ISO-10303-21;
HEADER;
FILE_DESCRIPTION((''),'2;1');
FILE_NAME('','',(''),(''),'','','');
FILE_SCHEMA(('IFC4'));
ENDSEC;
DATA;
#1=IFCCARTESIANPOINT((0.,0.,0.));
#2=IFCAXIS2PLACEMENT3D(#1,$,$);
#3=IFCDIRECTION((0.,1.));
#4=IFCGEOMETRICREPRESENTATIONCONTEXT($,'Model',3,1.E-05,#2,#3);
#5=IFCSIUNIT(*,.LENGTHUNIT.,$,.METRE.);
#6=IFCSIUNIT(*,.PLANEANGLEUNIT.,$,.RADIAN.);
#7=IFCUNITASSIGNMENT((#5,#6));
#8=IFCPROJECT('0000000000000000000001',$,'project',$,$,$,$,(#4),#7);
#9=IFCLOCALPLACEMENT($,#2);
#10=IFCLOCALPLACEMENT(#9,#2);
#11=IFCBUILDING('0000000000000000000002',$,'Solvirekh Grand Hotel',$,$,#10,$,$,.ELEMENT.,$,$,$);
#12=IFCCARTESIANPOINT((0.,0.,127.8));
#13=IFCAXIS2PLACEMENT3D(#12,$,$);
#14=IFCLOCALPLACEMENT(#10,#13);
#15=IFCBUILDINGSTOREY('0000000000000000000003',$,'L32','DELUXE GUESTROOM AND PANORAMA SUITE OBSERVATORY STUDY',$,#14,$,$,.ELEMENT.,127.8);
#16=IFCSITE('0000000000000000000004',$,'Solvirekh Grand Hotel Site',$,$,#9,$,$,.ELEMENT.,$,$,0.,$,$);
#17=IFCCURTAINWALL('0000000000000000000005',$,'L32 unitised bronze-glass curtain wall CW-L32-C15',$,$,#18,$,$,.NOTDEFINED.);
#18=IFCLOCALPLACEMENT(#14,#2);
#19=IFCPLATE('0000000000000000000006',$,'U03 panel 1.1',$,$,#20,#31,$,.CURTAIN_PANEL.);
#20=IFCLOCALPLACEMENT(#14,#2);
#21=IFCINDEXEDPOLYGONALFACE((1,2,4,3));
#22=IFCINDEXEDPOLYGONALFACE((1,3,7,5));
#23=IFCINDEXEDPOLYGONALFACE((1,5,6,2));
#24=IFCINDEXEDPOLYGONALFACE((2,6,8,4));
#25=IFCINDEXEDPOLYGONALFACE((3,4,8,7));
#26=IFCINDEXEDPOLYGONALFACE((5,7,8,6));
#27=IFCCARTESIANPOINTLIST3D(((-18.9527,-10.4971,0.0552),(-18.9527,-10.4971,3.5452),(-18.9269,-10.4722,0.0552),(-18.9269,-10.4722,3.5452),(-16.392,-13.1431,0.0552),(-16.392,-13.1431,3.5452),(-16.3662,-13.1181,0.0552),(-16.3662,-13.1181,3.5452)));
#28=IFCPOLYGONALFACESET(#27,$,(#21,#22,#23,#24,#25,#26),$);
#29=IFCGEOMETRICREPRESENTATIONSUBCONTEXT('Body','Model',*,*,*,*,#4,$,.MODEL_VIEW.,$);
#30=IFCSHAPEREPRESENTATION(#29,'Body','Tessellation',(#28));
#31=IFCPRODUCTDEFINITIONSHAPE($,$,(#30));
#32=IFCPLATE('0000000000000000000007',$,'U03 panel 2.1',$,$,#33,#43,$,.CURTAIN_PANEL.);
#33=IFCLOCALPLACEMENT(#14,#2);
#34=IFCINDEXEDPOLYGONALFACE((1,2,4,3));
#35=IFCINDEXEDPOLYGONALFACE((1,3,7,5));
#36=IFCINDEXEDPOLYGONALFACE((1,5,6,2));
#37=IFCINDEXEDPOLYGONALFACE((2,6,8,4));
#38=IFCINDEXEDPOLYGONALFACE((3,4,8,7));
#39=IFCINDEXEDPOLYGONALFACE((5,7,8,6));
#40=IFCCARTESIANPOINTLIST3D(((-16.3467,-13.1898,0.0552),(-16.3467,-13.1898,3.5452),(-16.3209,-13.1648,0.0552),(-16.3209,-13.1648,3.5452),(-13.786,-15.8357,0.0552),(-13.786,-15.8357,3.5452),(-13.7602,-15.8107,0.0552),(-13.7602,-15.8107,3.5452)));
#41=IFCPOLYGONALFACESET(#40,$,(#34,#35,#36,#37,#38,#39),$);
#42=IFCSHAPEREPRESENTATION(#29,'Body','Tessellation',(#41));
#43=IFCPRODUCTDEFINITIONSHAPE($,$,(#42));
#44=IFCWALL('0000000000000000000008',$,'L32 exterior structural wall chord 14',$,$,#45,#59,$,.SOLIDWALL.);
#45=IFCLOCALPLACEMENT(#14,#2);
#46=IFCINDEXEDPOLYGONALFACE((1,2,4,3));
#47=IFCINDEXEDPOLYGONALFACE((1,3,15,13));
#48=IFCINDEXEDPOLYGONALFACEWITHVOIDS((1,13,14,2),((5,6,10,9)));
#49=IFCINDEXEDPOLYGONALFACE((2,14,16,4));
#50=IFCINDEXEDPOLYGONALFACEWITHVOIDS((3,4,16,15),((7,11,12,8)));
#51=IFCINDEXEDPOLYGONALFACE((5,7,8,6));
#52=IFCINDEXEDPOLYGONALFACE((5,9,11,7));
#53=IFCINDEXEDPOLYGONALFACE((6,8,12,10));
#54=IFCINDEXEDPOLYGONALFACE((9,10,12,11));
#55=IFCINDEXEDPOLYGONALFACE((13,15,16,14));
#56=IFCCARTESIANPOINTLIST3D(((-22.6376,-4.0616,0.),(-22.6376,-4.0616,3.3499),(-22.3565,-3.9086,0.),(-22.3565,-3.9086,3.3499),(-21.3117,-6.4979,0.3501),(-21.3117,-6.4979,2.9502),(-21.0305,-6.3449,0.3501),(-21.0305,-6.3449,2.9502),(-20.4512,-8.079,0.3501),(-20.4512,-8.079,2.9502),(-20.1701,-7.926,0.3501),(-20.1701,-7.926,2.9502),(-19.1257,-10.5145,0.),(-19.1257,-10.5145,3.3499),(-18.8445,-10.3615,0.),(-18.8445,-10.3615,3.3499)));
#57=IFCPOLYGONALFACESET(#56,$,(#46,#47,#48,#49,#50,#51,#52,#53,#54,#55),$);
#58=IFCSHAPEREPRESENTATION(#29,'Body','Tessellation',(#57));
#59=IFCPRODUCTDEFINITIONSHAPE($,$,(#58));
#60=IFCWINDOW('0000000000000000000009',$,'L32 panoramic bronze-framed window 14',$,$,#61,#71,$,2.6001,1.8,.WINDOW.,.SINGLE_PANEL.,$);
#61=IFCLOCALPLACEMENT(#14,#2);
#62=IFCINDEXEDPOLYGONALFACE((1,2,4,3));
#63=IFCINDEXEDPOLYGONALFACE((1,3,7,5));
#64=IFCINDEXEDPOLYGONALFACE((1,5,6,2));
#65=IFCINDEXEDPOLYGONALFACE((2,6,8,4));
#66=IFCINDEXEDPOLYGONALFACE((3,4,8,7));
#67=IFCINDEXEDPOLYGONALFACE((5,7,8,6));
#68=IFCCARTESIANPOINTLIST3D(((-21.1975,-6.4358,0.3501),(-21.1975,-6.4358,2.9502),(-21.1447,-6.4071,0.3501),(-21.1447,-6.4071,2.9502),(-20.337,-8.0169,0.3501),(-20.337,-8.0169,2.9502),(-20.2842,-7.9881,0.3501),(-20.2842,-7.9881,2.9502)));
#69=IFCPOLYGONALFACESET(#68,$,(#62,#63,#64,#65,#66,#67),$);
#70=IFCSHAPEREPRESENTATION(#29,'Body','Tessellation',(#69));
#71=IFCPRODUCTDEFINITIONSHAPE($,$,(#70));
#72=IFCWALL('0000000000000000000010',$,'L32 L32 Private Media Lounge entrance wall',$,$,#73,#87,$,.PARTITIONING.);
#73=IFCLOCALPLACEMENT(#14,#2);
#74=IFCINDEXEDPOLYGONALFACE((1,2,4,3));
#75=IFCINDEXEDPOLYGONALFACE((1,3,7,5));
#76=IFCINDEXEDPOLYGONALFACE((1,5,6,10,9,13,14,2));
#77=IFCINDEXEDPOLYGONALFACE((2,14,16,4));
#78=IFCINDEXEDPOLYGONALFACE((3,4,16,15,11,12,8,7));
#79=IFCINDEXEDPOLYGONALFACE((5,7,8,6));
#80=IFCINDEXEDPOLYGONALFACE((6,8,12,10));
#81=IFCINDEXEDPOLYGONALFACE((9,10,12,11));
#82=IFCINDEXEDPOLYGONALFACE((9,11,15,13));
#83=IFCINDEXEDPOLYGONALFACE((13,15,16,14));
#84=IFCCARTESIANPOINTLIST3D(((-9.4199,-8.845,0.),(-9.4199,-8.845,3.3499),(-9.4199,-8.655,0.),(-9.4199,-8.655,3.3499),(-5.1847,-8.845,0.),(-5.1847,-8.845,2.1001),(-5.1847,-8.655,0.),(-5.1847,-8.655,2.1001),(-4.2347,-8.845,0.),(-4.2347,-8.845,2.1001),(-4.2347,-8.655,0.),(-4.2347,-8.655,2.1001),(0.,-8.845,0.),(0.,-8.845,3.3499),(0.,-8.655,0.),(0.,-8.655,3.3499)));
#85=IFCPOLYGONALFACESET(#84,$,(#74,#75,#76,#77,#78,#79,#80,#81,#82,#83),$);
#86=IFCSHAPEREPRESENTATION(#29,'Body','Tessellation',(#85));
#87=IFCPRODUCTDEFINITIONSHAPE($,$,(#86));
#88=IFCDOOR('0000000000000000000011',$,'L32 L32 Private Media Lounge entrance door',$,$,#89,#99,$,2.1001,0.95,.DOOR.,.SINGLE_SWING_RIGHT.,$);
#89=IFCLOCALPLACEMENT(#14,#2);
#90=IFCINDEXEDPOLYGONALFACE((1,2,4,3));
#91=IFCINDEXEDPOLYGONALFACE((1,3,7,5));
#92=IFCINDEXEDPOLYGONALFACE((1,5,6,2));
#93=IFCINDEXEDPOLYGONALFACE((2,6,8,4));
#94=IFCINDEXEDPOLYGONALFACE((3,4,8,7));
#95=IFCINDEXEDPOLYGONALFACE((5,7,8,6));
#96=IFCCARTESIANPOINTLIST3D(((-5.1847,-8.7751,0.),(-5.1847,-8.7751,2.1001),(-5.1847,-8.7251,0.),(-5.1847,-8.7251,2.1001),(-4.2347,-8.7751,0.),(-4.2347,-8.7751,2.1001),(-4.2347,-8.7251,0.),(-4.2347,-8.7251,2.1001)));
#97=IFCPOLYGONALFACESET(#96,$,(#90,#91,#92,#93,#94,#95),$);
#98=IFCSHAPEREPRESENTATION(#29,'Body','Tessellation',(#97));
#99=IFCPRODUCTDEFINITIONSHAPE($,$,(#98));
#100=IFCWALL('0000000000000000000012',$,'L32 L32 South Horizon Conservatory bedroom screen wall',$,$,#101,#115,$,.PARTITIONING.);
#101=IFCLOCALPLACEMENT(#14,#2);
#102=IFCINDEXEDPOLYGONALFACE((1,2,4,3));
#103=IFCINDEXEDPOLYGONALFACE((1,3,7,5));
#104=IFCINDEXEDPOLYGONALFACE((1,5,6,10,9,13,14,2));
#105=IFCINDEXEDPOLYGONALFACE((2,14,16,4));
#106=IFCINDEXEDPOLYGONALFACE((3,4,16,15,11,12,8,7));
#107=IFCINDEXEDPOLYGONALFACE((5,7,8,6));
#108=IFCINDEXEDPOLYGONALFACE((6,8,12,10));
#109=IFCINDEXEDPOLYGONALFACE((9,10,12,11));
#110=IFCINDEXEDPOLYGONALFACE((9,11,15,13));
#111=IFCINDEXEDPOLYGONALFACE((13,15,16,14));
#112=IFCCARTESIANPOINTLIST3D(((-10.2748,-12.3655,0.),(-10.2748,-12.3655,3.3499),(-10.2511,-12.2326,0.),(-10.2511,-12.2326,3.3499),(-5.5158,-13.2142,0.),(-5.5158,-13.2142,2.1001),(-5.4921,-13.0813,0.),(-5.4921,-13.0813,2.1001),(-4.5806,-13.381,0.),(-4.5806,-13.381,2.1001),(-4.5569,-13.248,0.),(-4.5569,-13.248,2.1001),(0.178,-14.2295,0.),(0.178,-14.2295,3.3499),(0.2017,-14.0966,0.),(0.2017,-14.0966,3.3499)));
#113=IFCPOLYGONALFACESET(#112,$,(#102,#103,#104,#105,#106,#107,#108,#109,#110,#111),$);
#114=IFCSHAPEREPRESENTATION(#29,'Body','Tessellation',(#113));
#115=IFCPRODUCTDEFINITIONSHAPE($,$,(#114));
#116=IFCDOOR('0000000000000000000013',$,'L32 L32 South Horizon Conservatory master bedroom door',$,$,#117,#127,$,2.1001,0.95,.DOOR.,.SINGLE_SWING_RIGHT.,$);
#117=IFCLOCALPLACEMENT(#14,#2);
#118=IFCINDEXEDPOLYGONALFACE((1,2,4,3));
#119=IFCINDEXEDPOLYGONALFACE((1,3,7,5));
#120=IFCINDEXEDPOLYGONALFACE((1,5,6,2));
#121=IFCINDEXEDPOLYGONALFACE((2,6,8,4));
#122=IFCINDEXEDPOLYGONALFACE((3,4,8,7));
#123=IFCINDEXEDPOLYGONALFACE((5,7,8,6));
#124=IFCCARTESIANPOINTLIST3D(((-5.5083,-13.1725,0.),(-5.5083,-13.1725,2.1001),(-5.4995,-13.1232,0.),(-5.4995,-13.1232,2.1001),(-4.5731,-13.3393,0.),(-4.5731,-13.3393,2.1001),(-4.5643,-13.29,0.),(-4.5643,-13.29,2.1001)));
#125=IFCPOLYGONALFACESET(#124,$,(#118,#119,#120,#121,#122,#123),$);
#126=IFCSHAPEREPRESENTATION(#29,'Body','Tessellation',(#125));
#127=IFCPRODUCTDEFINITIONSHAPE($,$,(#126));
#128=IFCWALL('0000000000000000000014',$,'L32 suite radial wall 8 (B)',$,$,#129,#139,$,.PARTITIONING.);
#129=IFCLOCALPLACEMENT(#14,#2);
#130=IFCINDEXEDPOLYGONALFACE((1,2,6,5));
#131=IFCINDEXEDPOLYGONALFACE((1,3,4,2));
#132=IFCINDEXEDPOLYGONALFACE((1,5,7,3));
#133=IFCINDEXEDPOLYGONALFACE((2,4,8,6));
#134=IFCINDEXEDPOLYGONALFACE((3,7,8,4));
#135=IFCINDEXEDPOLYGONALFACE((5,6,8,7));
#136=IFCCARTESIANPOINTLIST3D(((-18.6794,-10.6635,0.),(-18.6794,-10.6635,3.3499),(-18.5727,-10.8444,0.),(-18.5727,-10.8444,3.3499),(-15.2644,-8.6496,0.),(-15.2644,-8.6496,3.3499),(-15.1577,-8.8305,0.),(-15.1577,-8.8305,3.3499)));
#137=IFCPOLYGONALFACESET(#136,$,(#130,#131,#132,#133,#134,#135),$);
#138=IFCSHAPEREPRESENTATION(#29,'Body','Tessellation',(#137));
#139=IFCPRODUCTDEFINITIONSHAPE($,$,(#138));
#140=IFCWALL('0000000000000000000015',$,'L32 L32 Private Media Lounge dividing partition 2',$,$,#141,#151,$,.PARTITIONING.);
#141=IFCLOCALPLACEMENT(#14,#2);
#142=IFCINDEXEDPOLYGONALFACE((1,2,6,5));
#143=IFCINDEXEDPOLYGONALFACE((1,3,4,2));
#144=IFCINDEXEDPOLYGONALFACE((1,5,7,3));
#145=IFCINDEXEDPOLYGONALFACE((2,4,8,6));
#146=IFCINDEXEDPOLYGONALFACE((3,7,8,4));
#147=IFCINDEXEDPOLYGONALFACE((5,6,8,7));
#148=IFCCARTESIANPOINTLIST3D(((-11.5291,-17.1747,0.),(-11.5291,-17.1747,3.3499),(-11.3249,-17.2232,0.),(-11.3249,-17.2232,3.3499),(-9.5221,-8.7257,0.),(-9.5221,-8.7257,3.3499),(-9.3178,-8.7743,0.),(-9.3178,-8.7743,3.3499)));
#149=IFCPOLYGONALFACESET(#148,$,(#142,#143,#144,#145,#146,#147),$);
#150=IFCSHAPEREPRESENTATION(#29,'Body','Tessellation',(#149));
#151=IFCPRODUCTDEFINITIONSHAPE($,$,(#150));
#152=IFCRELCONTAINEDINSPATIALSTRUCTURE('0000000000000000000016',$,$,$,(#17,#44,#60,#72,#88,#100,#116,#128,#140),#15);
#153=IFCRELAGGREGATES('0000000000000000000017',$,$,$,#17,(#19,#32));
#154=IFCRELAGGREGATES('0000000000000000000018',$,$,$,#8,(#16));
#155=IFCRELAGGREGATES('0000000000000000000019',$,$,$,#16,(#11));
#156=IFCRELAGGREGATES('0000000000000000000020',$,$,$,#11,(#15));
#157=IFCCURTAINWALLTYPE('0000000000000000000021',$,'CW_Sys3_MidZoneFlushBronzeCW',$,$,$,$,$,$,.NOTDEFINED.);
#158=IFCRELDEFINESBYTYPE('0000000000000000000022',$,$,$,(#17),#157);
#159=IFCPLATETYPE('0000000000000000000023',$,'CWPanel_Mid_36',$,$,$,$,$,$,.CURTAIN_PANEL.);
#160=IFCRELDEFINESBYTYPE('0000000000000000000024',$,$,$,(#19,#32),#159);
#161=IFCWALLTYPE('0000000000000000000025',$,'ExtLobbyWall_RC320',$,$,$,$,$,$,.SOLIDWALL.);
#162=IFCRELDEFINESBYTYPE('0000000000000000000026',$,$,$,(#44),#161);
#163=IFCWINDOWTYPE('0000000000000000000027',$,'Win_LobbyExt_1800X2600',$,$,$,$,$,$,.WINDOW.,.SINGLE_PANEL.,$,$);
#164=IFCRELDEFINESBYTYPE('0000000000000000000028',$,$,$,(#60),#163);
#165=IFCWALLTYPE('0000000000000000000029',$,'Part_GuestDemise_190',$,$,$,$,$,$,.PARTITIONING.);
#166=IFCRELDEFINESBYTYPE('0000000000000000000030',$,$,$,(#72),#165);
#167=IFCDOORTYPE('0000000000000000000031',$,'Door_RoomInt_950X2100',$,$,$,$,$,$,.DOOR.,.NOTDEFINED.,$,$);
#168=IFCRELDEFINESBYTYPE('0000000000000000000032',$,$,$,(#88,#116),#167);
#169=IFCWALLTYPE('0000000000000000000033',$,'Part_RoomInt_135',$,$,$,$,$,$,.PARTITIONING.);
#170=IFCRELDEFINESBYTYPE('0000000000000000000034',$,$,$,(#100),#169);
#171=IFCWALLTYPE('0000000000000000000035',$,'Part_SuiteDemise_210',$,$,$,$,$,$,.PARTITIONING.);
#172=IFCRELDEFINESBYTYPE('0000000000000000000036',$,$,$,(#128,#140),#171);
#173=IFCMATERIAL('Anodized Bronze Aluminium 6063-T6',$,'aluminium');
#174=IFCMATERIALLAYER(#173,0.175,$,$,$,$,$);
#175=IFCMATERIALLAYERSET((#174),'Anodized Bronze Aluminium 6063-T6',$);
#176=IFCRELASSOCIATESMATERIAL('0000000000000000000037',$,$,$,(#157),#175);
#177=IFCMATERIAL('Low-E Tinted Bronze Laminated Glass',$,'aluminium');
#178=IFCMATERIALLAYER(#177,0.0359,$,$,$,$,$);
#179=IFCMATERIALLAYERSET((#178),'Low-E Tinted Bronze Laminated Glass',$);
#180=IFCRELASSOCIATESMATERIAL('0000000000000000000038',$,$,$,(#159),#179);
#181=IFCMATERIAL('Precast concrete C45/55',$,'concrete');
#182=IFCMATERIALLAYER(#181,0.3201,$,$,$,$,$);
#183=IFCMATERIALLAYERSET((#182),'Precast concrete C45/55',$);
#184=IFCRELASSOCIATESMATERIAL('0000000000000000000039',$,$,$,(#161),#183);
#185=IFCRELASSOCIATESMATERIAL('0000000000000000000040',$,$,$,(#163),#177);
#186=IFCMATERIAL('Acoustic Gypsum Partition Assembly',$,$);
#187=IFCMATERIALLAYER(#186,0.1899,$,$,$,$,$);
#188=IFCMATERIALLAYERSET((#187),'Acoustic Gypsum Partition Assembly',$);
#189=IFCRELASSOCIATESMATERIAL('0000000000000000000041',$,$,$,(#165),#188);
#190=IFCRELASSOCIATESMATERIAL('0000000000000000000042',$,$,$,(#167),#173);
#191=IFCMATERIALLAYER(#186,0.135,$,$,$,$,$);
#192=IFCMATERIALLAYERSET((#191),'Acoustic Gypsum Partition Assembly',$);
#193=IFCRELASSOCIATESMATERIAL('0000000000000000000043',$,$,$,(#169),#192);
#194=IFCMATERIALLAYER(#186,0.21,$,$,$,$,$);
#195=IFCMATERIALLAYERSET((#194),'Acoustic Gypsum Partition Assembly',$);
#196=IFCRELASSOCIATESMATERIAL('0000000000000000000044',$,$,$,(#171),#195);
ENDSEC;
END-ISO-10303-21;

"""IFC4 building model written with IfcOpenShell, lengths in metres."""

from ifc_helpers import new_model, si_unit, direction, frame, frame_2d, origin, origin_2d, place, context, subcontext, project, spatial, rectangle, extrude, source, transform, mapped, material, layer, layer_set, type_object, element, fill, aggregate, save


model = new_model("IFC4")

# Units and contexts
model_context = context("Model", 3, precision=1e-05, world=origin(), true_north=direction((0.0, 1.0)))
body_context = subcontext(model_context, "Body", "Model", "MODEL_VIEW")
ifc_project = project(units=[si_unit("LENGTHUNIT", "METRE"), si_unit("PLANEANGLEUNIT", "RADIAN")], contexts=[model_context])

# Site, building, storey
site_placement = place(None, origin())
site = spatial("IfcSite", under=ifc_project, at=site_placement, Name="Solvirekh Grand Hotel Site", CompositionType="ELEMENT", RefElevation=0.0)
building_placement = place(site_placement, origin())
building = spatial("IfcBuilding", under=site, at=building_placement, Name="Solvirekh Grand Hotel", CompositionType="ELEMENT")
storey_placement = place(building_placement, frame((0.0, 0.0, 127.8)))
storey = spatial("IfcBuildingStorey", under=building, at=storey_placement, Name="L32", Description="DELUXE GUESTROOM AND PANORAMA SUITE OBSERVATORY STUDY", CompositionType="ELEMENT", Elevation=127.8)

# Curtain wall, plates
ifc_material_1 = material(Name="Anodized Bronze Aluminium 6063-T6", Category="aluminium")
ifc_layer_1 = layer(ifc_material_1, 0.175)
ifc_layer_set_1 = layer_set([ifc_layer_1], Name="Anodized Bronze Aluminium 6063-T6")
curtain_wall_type = type_object("IfcCurtainWallType", Name="CW_Sys3_MidZoneFlushBronzeCW", PredefinedType="NOTDEFINED", material=ifc_layer_set_1)
curtain_wall_placement = place(storey_placement, origin())
curtain_wall = element("IfcCurtainWall", 1, at=curtain_wall_placement, inside=storey, type_object=curtain_wall_type, Name="L32 unitised bronze-glass curtain wall CW-L32-C15", PredefinedType="NOTDEFINED")
ifc_material_2 = material(Name="Low-E Tinted Bronze Laminated Glass", Category="aluminium")
ifc_layer_2 = layer(ifc_material_2, 0.0359)
ifc_layer_set_2 = layer_set([ifc_layer_2], Name="Low-E Tinted Bronze Laminated Glass")
plate_type = type_object("IfcPlateType", Name="CWPanel_Mid_36", PredefinedType="CURTAIN_PANEL", material=ifc_layer_set_2)
shared_shape_1 = source(origin(), body_context, "Body", "SweptSolid", [
    extrude(rectangle(XDim=3.6821, YDim=0.0359, at=origin_2d()), origin(), (0.0, 0.0, 1.0), 3.49),
])
plate_1_placement = place(storey_placement, frame((-17.6594, -11.8076, 0.0552), z_axis=(0.0, 0.0, 1.0), x_axis=(0.695437, -0.718587, 0.0)))
plate_1 = element("IfcPlate", 2, at=plate_1_placement, type_object=plate_type, Name="U03 panel 1.1", PredefinedType="CURTAIN_PANEL", context=body_context, shape_type="MappedRepresentation", body=[
    mapped(shared_shape_1, transform((0.0, 0.0, 0.0), x_axis=(1.0, 0.0, 0.0), y_axis=(0.0, 1.0, 0.0), z_axis=(0.0, 0.0, 1.0), scale=1.0)),
])
plate_2_placement = place(storey_placement, frame((-15.0535, -14.5002, 0.0552), z_axis=(0.0, 0.0, 1.0), x_axis=(0.695437, -0.718587, 0.0)))
plate_2 = element("IfcPlate", 3, at=plate_2_placement, type_object=plate_type, Name="U03 panel 2.1", PredefinedType="CURTAIN_PANEL", context=body_context, shape_type="MappedRepresentation", body=[
    mapped(shared_shape_1, transform((0.0, 0.0, 0.0), x_axis=(1.0, 0.0, 0.0), y_axis=(0.0, 1.0, 0.0), z_axis=(0.0, 0.0, 1.0), scale=1.0)),
])
aggregate(curtain_wall, [plate_1, plate_2])

# Wall, opening, window
ifc_material_3 = material(Name="Precast concrete C45/55", Category="concrete")
ifc_layer_3 = layer(ifc_material_3, 0.3201)
ifc_layer_set_3 = layer_set([ifc_layer_3], Name="Precast concrete C45/55")
wall_type_1 = type_object("IfcWallType", Name="ExtLobbyWall_RC320", PredefinedType="SOLIDWALL", material=ifc_layer_set_3)
wall_1_placement = place(storey_placement, frame((-18.9851, -10.438, 0.0), z_axis=(0.0, 0.0, 1.0), x_axis=(-0.478035, 0.878341, 0.0)))
wall_1 = element("IfcWall", 4, at=wall_1_placement, inside=storey, type_object=wall_type_1, Name="L32 exterior structural wall chord 14", PredefinedType="SOLIDWALL", context=body_context, shape_type="SweptSolid", body=[
    extrude(rectangle(XDim=7.3467, YDim=0.3201, at=frame_2d((3.6733, 0.0))), origin(), (0.0, 0.0, 1.0), 3.3499),
])
opening_1_placement = place(wall_1_placement, frame((2.7729, 0.0, 0.3501)))
opening_1 = element("IfcOpeningElement", 5, at=opening_1_placement, cuts=wall_1, PredefinedType="OPENING", context=body_context, shape_type="SweptSolid", body=[
    extrude(rectangle(XDim=1.8, YDim=2.6001, at=frame_2d((0.8999, 1.3))), frame((0.0, 0.1699, 0.0), z_axis=(0.0, -1.0, 0.0), x_axis=(1.0, 0.0, 0.0)), (0.0, 0.0, 1.0), 0.3401),
])
window_type = type_object("IfcWindowType", Name="Win_LobbyExt_1800X2600", PartitioningType="SINGLE_PANEL", PredefinedType="WINDOW", material=ifc_material_2)
window_placement = place(opening_1_placement, origin())
window = element("IfcWindow", 6, at=window_placement, inside=storey, type_object=window_type, Name="L32 panoramic bronze-framed window 14", OverallHeight=2.6001, OverallWidth=1.8, PartitioningType="SINGLE_PANEL", PredefinedType="WINDOW", context=body_context, shape_type="SweptSolid", body=[
    extrude(rectangle(XDim=1.8, YDim=2.6001, at=frame_2d((0.8999, 1.3))), frame((0.0, 0.03, 0.0), z_axis=(0.0, -1.0, 0.0), x_axis=(1.0, 0.0, 0.0)), (0.0, 0.0, 1.0), 0.0601),
])
fill(opening_1, window)

# Walls, openings, doors
ifc_material_4 = material(Name="Acoustic Gypsum Partition Assembly")
ifc_layer_4 = layer(ifc_material_4, 0.1899)
ifc_layer_set_4 = layer_set([ifc_layer_4], Name="Acoustic Gypsum Partition Assembly")
wall_type_2 = type_object("IfcWallType", Name="Part_GuestDemise_190", PredefinedType="PARTITIONING", material=ifc_layer_set_4)
wall_2_placement = place(storey_placement, frame((-9.4199, -8.75, 0.0), z_axis=(0.0, 0.0, 1.0), x_axis=(1.0, 0.0, 0.0)))
wall_2 = element("IfcWall", 7, at=wall_2_placement, inside=storey, type_object=wall_type_2, Name="L32 L32 Private Media Lounge entrance wall", PredefinedType="PARTITIONING", context=body_context, shape_type="SweptSolid", body=[
    extrude(rectangle(XDim=9.4199, YDim=0.1899, at=frame_2d((4.71, 0.0))), origin(), (0.0, 0.0, 1.0), 3.3499),
])
opening_2_placement = place(wall_2_placement, frame((4.2351, 0.0, 0.0)))
opening_2 = element("IfcOpeningElement", 8, at=opening_2_placement, cuts=wall_2, PredefinedType="OPENING", context=body_context, shape_type="SweptSolid", body=[
    extrude(rectangle(XDim=0.95, YDim=2.1001, at=frame_2d((0.4751, 1.05))), frame((0.0, 0.105, 0.0), z_axis=(0.0, -1.0, 0.0), x_axis=(1.0, 0.0, 0.0)), (0.0, 0.0, 1.0), 0.21),
])
door_type = type_object("IfcDoorType", Name="Door_RoomInt_950X2100", OperationType="NOTDEFINED", PredefinedType="DOOR", material=ifc_material_1)
door_1_placement = place(opening_2_placement, origin())
door_1 = element("IfcDoor", 9, at=door_1_placement, inside=storey, type_object=door_type, Name="L32 L32 Private Media Lounge entrance door", OperationType="SINGLE_SWING_RIGHT", OverallHeight=2.1001, OverallWidth=0.95, PredefinedType="DOOR", context=body_context, shape_type="SweptSolid", body=[
    extrude(rectangle(XDim=0.95, YDim=2.1001, at=frame_2d((0.4751, 1.05))), frame((0.0, 0.0249, 0.0), z_axis=(0.0, -1.0, 0.0), x_axis=(1.0, 0.0, 0.0)), (0.0, 0.0, 1.0), 0.05),
])
fill(opening_2, door_1)
ifc_layer_5 = layer(ifc_material_4, 0.135)
ifc_layer_set_5 = layer_set([ifc_layer_5], Name="Acoustic Gypsum Partition Assembly")
wall_type_3 = type_object("IfcWallType", Name="Part_RoomInt_135", PredefinedType="PARTITIONING", material=ifc_layer_set_5)
wall_3_placement = place(storey_placement, frame((-10.2629, -12.2991, 0.0), z_axis=(0.0, 0.0, 1.0), x_axis=(0.984469, -0.175556, 0.0)))
wall_3 = element("IfcWall", 10, at=wall_3_placement, inside=storey, type_object=wall_type_3, Name="L32 L32 South Horizon Conservatory bedroom screen wall", PredefinedType="PARTITIONING", context=body_context, shape_type="SweptSolid", body=[
    extrude(rectangle(XDim=10.6177, YDim=0.135, at=frame_2d((5.3088, 0.0))), origin(), (0.0, 0.0, 1.0), 3.3499),
])
opening_3_placement = place(wall_3_placement, frame((4.834, 0.0, 0.0)))
opening_3 = element("IfcOpeningElement", 11, at=opening_3_placement, cuts=wall_3, PredefinedType="OPENING", context=body_context, shape_type="SweptSolid", body=[
    extrude(rectangle(XDim=0.95, YDim=2.1001, at=frame_2d((0.4751, 1.05))), frame((0.0, 0.0776, 0.0), z_axis=(0.0, -1.0, 0.0), x_axis=(1.0, 0.0, 0.0)), (0.0, 0.0, 1.0), 0.155),
])
door_2_placement = place(opening_3_placement, origin())
door_2 = element("IfcDoor", 12, at=door_2_placement, inside=storey, type_object=door_type, Name="L32 L32 South Horizon Conservatory master bedroom door", OperationType="SINGLE_SWING_RIGHT", OverallHeight=2.1001, OverallWidth=0.95, PredefinedType="DOOR", context=body_context, shape_type="SweptSolid", body=[
    extrude(rectangle(XDim=0.95, YDim=2.1001, at=frame_2d((0.4751, 1.05))), frame((0.0, 0.0249, 0.0), z_axis=(0.0, -1.0, 0.0), x_axis=(1.0, 0.0, 0.0)), (0.0, 0.0, 1.0), 0.05),
])
fill(opening_3, door_2)

# Walls
ifc_layer_6 = layer(ifc_material_4, 0.21)
ifc_layer_set_6 = layer_set([ifc_layer_6], Name="Acoustic Gypsum Partition Assembly")
wall_type_4 = type_object("IfcWallType", Name="Part_SuiteDemise_210", PredefinedType="PARTITIONING", material=ifc_layer_set_6)
wall_4_placement = place(storey_placement, frame((-15.2109, -8.74, 0.0), z_axis=(0.0, 0.0, 1.0), x_axis=(-0.861375, -0.50797, 0.0)))
element("IfcWall", 13, at=wall_4_placement, inside=storey, type_object=wall_type_4, Name="L32 suite radial wall 8 (B)", PredefinedType="PARTITIONING", context=body_context, shape_type="SweptSolid", body=[
    extrude(rectangle(XDim=3.9646, YDim=0.21, at=frame_2d((1.9824, 0.0))), origin(), (0.0, 0.0, 1.0), 3.3499),
])
wall_5_placement = place(storey_placement, frame((-9.4199, -8.75, 0.0), z_axis=(0.0, 0.0, 1.0), x_axis=(-0.231121, -0.972925, 0.0)))
element("IfcWall", 14, at=wall_5_placement, inside=storey, type_object=wall_type_4, Name="L32 L32 Private Media Lounge dividing partition 2", PredefinedType="PARTITIONING", context=body_context, shape_type="SweptSolid", body=[
    extrude(rectangle(XDim=8.6841, YDim=0.21, at=frame_2d((4.342, 0.0))), origin(), (0.0, 0.0, 1.0), 3.3499),
])

save(model, "model.ifc")
